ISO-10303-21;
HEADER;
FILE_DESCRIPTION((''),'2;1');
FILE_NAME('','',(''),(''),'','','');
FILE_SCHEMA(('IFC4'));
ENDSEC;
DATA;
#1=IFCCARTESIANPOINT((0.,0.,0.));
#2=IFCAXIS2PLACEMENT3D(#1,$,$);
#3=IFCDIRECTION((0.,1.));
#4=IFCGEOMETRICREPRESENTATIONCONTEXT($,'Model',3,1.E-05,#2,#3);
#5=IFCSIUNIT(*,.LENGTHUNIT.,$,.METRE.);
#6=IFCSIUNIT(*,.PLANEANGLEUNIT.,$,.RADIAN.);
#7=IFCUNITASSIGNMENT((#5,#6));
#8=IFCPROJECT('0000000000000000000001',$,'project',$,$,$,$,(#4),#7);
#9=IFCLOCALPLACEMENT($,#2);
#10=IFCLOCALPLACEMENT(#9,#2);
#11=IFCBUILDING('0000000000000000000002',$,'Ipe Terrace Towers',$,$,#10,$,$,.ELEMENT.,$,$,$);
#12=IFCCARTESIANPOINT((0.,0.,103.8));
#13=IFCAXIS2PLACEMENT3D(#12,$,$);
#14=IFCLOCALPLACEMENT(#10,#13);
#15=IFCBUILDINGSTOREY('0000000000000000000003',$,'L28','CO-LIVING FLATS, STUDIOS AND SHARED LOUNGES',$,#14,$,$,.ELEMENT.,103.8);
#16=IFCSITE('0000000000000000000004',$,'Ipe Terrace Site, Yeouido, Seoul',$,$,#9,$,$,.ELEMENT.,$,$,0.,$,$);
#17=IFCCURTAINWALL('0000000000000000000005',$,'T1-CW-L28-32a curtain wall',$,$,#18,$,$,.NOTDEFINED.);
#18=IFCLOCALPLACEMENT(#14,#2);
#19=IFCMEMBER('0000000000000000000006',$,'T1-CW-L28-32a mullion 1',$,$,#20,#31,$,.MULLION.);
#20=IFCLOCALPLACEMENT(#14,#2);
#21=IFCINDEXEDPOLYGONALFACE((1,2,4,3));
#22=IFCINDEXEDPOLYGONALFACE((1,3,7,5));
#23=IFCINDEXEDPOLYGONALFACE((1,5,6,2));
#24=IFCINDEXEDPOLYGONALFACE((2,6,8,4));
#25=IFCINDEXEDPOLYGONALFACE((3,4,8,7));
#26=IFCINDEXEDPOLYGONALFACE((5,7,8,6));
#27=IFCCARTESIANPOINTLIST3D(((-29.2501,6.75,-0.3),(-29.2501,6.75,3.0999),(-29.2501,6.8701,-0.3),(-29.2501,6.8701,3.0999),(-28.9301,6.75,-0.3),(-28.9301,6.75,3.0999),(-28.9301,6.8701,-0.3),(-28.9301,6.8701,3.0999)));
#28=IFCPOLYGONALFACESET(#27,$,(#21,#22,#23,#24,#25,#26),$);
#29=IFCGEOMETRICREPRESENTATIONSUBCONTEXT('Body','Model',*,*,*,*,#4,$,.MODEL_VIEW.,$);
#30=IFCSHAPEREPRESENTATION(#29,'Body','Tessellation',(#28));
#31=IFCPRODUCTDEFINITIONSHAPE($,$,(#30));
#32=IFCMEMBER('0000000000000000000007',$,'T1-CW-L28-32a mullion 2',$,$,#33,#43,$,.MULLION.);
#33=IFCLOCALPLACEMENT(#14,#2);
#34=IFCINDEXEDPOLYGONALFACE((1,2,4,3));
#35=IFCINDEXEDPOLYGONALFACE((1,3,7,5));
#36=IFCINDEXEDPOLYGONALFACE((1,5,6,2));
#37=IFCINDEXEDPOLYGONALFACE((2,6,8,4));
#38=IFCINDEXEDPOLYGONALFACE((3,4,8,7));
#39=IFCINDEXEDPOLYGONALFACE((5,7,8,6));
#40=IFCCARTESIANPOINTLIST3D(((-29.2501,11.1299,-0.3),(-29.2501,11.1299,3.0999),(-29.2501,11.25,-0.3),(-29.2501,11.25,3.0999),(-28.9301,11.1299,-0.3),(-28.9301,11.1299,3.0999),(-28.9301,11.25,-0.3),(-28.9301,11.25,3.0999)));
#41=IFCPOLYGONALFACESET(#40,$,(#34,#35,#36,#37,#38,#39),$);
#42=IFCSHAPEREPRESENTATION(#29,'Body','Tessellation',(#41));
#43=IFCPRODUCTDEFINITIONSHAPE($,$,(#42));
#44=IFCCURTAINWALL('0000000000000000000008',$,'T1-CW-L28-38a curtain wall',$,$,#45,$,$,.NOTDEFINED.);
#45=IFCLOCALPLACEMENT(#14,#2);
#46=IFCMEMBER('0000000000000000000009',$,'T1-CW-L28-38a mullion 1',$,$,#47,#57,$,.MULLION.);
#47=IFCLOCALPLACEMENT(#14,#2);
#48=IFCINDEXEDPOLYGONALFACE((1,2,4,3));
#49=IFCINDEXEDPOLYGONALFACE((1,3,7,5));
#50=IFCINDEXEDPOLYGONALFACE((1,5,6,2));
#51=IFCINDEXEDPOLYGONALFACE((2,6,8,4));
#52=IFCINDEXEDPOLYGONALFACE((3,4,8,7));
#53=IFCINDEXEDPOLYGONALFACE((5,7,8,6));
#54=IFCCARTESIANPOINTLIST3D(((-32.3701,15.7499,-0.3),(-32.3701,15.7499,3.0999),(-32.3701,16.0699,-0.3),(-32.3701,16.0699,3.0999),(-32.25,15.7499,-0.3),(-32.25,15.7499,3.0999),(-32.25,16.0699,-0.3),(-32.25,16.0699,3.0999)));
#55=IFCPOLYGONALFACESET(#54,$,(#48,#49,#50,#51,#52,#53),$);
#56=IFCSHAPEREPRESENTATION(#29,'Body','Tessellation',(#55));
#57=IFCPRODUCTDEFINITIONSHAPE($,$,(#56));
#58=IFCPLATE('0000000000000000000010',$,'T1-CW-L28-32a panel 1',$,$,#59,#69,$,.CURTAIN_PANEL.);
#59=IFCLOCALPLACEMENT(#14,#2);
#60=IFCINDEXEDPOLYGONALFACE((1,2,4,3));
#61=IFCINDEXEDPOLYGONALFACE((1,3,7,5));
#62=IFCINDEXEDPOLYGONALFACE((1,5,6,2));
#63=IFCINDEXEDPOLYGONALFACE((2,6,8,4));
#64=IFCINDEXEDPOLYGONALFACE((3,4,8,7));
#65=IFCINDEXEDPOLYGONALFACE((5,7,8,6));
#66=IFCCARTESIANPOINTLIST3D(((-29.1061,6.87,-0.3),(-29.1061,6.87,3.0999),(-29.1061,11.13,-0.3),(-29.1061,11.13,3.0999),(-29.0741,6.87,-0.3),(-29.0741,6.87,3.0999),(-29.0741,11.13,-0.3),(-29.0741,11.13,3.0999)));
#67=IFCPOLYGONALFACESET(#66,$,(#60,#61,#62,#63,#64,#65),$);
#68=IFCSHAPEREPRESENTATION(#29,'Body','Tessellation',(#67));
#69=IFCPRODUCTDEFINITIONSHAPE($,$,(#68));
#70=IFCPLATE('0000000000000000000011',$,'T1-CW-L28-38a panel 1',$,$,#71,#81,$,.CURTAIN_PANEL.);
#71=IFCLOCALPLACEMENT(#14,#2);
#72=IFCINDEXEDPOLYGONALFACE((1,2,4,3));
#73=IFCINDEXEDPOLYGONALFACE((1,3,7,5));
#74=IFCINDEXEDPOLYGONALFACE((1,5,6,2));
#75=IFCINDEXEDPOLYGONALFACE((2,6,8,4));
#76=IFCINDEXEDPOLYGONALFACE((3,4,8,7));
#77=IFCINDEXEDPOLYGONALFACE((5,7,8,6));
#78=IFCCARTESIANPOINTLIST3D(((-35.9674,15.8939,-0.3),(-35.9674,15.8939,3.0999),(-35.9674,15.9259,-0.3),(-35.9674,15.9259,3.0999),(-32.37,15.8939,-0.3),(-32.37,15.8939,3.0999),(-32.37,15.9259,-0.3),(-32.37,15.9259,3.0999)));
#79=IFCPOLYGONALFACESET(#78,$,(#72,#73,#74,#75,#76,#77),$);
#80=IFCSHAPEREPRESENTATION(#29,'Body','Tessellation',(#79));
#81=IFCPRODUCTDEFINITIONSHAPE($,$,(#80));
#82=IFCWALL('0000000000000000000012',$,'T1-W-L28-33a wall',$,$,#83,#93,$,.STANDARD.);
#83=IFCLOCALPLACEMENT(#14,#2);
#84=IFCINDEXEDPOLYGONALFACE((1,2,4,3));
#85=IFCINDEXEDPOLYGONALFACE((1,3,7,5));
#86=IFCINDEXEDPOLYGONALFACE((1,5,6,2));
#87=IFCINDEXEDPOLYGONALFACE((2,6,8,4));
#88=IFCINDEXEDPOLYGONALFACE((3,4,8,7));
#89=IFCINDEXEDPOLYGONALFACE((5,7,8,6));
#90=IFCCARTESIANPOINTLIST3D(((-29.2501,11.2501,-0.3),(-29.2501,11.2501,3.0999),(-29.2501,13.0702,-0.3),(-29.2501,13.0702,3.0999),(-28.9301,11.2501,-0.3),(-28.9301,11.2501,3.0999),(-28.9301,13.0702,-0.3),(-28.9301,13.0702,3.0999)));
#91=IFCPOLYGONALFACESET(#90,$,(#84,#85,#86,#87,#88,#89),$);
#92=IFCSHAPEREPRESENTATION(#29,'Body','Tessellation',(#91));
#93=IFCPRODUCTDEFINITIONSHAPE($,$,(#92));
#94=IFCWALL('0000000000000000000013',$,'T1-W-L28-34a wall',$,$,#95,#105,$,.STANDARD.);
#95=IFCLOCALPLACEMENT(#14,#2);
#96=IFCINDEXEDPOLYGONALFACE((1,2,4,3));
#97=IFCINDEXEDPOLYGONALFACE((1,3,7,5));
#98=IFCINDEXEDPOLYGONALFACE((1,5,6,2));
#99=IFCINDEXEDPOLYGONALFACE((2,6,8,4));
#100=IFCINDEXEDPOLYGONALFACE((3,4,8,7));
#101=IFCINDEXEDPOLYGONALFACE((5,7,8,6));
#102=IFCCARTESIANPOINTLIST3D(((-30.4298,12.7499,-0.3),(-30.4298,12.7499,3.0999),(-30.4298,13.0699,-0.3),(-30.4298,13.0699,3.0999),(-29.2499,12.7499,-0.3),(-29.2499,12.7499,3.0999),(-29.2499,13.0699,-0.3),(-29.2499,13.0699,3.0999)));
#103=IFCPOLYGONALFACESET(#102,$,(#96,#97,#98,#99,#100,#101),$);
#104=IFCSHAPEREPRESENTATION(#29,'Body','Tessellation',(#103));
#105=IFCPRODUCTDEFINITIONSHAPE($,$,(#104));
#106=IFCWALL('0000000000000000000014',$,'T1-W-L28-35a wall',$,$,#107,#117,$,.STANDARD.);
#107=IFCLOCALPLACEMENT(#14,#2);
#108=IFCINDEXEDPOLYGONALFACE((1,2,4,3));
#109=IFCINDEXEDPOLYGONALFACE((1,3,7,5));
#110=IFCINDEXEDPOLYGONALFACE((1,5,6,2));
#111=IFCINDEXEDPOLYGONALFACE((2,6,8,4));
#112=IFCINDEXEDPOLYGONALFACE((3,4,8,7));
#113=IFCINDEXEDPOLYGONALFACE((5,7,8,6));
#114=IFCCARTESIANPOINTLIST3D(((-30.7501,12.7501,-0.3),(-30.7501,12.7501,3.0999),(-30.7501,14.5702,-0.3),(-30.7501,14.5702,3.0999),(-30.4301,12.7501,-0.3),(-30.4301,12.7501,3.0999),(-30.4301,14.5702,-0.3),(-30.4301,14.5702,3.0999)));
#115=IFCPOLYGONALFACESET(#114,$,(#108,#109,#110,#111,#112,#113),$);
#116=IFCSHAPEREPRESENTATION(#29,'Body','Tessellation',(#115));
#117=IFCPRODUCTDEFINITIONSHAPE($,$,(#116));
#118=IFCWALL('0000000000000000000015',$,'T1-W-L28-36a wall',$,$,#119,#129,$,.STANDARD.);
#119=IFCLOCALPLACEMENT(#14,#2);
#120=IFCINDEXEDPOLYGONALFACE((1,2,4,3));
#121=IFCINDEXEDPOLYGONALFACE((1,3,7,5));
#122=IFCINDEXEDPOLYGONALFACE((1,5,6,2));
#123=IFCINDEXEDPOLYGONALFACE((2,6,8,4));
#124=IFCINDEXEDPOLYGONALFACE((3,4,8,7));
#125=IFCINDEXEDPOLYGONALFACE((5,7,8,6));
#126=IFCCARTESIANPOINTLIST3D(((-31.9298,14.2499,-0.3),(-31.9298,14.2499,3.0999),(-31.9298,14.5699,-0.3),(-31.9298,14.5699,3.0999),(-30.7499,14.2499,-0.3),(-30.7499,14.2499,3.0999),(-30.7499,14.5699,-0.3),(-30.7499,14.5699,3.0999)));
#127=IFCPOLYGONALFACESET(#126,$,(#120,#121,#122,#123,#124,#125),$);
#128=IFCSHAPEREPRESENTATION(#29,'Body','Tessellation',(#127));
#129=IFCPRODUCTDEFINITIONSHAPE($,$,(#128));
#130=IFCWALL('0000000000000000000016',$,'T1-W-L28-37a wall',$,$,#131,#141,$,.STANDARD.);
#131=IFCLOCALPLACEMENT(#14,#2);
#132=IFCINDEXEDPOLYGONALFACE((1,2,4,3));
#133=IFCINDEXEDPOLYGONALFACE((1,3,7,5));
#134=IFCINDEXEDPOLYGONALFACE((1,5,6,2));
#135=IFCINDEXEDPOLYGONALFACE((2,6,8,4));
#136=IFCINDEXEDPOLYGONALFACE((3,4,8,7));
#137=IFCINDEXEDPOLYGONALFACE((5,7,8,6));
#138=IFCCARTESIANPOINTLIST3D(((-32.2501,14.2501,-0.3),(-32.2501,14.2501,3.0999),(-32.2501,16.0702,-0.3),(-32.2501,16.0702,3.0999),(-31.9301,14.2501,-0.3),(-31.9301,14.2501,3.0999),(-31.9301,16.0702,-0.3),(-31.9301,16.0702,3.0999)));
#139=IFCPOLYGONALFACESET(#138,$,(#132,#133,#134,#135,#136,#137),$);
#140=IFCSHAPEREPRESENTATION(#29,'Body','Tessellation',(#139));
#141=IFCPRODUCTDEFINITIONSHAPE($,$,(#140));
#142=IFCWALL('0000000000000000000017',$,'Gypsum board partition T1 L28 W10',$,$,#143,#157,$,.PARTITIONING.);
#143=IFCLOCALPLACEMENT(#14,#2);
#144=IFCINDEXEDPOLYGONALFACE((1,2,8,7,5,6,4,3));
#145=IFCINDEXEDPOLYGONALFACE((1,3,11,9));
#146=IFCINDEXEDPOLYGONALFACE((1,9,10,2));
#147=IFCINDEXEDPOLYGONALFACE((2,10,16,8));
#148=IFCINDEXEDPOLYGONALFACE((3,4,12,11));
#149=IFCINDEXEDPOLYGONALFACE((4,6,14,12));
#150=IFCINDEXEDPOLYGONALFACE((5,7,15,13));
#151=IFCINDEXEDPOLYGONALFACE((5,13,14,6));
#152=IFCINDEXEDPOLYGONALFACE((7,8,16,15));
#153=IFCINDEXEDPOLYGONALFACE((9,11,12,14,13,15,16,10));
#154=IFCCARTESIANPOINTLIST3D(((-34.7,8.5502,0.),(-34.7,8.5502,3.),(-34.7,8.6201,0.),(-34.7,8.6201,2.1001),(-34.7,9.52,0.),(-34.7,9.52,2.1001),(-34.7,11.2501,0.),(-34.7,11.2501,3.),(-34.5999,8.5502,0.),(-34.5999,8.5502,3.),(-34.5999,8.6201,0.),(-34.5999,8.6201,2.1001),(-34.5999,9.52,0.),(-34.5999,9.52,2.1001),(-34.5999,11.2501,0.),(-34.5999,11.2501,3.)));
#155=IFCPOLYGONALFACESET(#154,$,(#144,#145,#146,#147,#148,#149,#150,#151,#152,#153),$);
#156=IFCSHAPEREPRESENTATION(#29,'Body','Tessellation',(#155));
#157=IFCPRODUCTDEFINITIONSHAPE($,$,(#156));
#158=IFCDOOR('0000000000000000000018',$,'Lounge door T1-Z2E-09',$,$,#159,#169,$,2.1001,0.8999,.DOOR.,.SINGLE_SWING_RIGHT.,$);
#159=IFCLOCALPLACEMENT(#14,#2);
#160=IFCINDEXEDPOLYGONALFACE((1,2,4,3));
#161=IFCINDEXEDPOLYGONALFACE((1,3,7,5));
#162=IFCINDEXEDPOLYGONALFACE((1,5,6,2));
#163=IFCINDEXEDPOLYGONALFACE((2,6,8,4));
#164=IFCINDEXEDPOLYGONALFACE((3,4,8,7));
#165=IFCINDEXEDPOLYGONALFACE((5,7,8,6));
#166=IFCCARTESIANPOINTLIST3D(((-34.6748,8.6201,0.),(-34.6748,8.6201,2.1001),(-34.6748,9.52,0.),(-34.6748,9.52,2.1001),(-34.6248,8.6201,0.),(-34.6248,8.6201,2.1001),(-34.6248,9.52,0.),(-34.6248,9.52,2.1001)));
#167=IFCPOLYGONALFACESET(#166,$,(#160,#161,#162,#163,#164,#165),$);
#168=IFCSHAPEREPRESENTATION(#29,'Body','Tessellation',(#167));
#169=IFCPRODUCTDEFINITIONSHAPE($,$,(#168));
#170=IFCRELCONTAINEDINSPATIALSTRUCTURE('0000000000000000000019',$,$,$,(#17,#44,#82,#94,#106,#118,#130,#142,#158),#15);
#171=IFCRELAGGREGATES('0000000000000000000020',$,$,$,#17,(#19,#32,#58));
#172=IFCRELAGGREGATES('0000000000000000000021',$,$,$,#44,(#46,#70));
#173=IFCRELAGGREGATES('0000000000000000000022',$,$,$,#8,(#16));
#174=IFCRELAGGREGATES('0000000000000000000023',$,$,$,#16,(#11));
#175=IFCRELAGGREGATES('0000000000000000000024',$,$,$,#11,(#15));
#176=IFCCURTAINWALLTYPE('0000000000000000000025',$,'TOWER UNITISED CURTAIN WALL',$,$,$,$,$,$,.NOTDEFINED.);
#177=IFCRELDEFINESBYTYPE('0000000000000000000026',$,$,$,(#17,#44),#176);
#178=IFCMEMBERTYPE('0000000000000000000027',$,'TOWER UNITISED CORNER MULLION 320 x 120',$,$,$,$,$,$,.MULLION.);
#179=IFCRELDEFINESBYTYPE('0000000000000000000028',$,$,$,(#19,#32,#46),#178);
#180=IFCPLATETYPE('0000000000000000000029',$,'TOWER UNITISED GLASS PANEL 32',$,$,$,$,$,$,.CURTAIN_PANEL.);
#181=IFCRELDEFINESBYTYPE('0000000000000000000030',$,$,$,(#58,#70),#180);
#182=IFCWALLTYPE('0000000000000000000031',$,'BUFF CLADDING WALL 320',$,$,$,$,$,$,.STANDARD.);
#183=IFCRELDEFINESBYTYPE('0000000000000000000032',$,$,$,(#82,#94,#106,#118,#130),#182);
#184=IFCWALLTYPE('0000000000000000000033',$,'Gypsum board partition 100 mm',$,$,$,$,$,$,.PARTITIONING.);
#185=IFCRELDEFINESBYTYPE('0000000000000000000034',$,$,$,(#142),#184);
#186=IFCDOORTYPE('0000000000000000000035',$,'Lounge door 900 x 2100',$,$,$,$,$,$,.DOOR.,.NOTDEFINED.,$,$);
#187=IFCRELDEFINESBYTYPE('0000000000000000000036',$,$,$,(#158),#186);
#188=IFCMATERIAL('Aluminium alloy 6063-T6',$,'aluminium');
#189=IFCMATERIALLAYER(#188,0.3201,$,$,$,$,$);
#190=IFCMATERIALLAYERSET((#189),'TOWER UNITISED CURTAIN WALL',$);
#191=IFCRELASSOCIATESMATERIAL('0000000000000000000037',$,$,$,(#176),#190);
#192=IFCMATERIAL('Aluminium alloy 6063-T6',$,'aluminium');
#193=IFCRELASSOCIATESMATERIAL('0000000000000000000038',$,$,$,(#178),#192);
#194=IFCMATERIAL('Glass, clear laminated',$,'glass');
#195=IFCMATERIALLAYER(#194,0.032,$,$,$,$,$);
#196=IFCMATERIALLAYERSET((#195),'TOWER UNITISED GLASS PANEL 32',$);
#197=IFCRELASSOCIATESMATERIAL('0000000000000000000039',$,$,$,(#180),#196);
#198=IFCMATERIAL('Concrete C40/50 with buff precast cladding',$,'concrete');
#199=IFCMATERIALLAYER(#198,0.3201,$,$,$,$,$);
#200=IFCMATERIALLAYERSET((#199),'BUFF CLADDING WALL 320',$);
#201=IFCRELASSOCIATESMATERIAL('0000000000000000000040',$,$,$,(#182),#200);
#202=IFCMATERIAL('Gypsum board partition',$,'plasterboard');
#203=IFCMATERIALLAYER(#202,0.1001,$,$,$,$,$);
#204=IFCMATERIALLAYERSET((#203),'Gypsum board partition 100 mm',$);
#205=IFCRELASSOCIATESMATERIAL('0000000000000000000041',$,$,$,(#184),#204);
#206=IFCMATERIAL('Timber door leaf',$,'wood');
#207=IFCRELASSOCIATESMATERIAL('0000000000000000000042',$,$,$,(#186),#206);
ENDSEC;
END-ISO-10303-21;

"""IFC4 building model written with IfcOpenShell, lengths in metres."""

from ifc_helpers import new_model, si_unit, direction, frame, frame_2d, origin, origin_2d, place, context, subcontext, project, spatial, rectangle, extrude, material, layer, layer_set, material_profile, profile_set, type_object, element, fill, aggregate, save


model = new_model("IFC4")

# Units and contexts
model_context = context("Model", 3, precision=1e-05, world=origin(), true_north=direction((0.0, 1.0)))
body_context = subcontext(model_context, "Body", "Model", "MODEL_VIEW")
ifc_project = project(units=[si_unit("LENGTHUNIT", "METRE"), si_unit("PLANEANGLEUNIT", "RADIAN")], contexts=[model_context])

# Site, building, storey
site_placement = place(None, origin())
site = spatial("IfcSite", under=ifc_project, at=site_placement, Name="Ipe Terrace Site, Yeouido, Seoul", CompositionType="ELEMENT", RefElevation=0.0)
building_placement = place(site_placement, origin())
building = spatial("IfcBuilding", under=site, at=building_placement, Name="Ipe Terrace Towers", CompositionType="ELEMENT")
storey_placement = place(building_placement, frame((0.0, 0.0, 103.8)))
storey = spatial("IfcBuildingStorey", under=building, at=storey_placement, Name="L28", Description="CO-LIVING FLATS, STUDIOS AND SHARED LOUNGES", CompositionType="ELEMENT", Elevation=103.8)

# Curtain wall, members
ifc_material_1 = material(Name="Aluminium alloy 6063-T6", Category="aluminium")
ifc_layer_1 = layer(ifc_material_1, 0.3201)
ifc_layer_set_1 = layer_set([ifc_layer_1], Name="TOWER UNITISED CURTAIN WALL")
curtain_wall_type = type_object("IfcCurtainWallType", Name="TOWER UNITISED CURTAIN WALL", PredefinedType="NOTDEFINED", material=ifc_layer_set_1)
curtain_wall_1_placement = place(storey_placement, origin())
curtain_wall_1 = element("IfcCurtainWall", 1, at=curtain_wall_1_placement, inside=storey, type_object=curtain_wall_type, Name="T1-CW-L28-32a curtain wall", PredefinedType="NOTDEFINED")
ifc_material_2 = material(Name="Aluminium alloy 6063-T6", Category="aluminium")
ifc_material_profile_1 = material_profile(ifc_material_2, rectangle(XDim=0.3201, YDim=0.1201, at=origin_2d()), Name="TOWER UNITISED CORNER MULLION 320 x 120")
ifc_profile_set_1 = profile_set([ifc_material_profile_1], Name="Aluminium alloy 6063-T6")
member_type = type_object("IfcMemberType", Name="TOWER UNITISED CORNER MULLION 320 x 120", PredefinedType="MULLION", material=ifc_profile_set_1)
member_1_placement = place(storey_placement, frame((-29.0901, 6.8101, -0.3), z_axis=(0.0, 0.0, 1.0), x_axis=(1.0, 0.0, 0.0)))
member_1 = element("IfcMember", 2, at=member_1_placement, type_object=member_type, Name="T1-CW-L28-32a mullion 1", PredefinedType="MULLION", context=body_context, shape_type="SweptSolid", body=[
    extrude(rectangle(XDim=0.3201, YDim=0.1201, at=origin_2d()), origin(), (0.0, 0.0, 1.0), 3.3999),
])
member_2_placement = place(storey_placement, frame((-29.0901, 11.1899, -0.3), z_axis=(0.0, 0.0, 1.0), x_axis=(1.0, 0.0, 0.0)))
member_2 = element("IfcMember", 3, at=member_2_placement, type_object=member_type, Name="T1-CW-L28-32a mullion 2", PredefinedType="MULLION", context=body_context, shape_type="SweptSolid", body=[
    extrude(rectangle(XDim=0.3201, YDim=0.1201, at=origin_2d()), origin(), (0.0, 0.0, 1.0), 3.3999),
])

# Curtain wall, member
curtain_wall_2_placement = place(storey_placement, origin())
curtain_wall_2 = element("IfcCurtainWall", 4, at=curtain_wall_2_placement, inside=storey, type_object=curtain_wall_type, Name="T1-CW-L28-38a curtain wall", PredefinedType="NOTDEFINED")
member_3_placement = place(storey_placement, frame((-32.3101, 15.9099, -0.3), z_axis=(0.0, 0.0, 1.0), x_axis=(0.0, 1.0, 0.0)))
member_3 = element("IfcMember", 5, at=member_3_placement, type_object=member_type, Name="T1-CW-L28-38a mullion 1", PredefinedType="MULLION", context=body_context, shape_type="SweptSolid", body=[
    extrude(rectangle(XDim=0.3201, YDim=0.1201, at=origin_2d()), origin(), (0.0, 0.0, 1.0), 3.3999),
])

# Plates
ifc_material_3 = material(Name="Glass, clear laminated", Category="glass")
ifc_layer_2 = layer(ifc_material_3, 0.032)
ifc_layer_set_2 = layer_set([ifc_layer_2], Name="TOWER UNITISED GLASS PANEL 32")
plate_type = type_object("IfcPlateType", Name="TOWER UNITISED GLASS PANEL 32", PredefinedType="CURTAIN_PANEL", material=ifc_layer_set_2)
plate_1_placement = place(storey_placement, frame((-29.0901, 9.0, -0.3), z_axis=(0.0, 0.0, 1.0), x_axis=(0.0, 1.0, 0.0)))
plate_1 = element("IfcPlate", 6, at=plate_1_placement, type_object=plate_type, Name="T1-CW-L28-32a panel 1", PredefinedType="CURTAIN_PANEL", context=body_context, shape_type="SweptSolid", body=[
    extrude(rectangle(XDim=4.26, YDim=0.032, at=origin_2d()), origin(), (0.0, 0.0, 1.0), 3.3999),
])
aggregate(curtain_wall_1, [member_1, member_2, plate_1])
plate_2_placement = place(storey_placement, frame((-34.1687, 15.9099, -0.3), z_axis=(0.0, 0.0, 1.0), x_axis=(-1.0, 0.0, 0.0)))
plate_2 = element("IfcPlate", 7, at=plate_2_placement, type_object=plate_type, Name="T1-CW-L28-38a panel 1", PredefinedType="CURTAIN_PANEL", context=body_context, shape_type="SweptSolid", body=[
    extrude(rectangle(XDim=3.5974, YDim=0.032, at=origin_2d()), origin(), (0.0, 0.0, 1.0), 3.3999),
])
aggregate(curtain_wall_2, [member_3, plate_2])

# Walls
ifc_material_4 = material(Name="Concrete C40/50 with buff precast cladding", Category="concrete")
ifc_layer_3 = layer(ifc_material_4, 0.3201)
ifc_layer_set_3 = layer_set([ifc_layer_3], Name="BUFF CLADDING WALL 320")
wall_type_1 = type_object("IfcWallType", Name="BUFF CLADDING WALL 320", PredefinedType="STANDARD", material=ifc_layer_set_3)
wall_1_placement = place(storey_placement, frame((-29.0901, 11.25, -0.3), z_axis=(0.0, 0.0, 1.0), x_axis=(0.0, 1.0, 0.0)))
element("IfcWall", 8, at=wall_1_placement, inside=storey, type_object=wall_type_1, Name="T1-W-L28-33a wall", PredefinedType="STANDARD", context=body_context, shape_type="SweptSolid", body=[
    extrude(rectangle(XDim=1.8201, YDim=0.3201, at=frame_2d((0.9102, 0.0))), origin(), (0.0, 0.0, 1.0), 3.3999),
])
wall_2_placement = place(storey_placement, frame((-29.25, 12.9099, -0.3), z_axis=(0.0, 0.0, 1.0), x_axis=(-1.0, 0.0, 0.0)))
element("IfcWall", 9, at=wall_2_placement, inside=storey, type_object=wall_type_1, Name="T1-W-L28-34a wall", PredefinedType="STANDARD", context=body_context, shape_type="SweptSolid", body=[
    extrude(rectangle(XDim=1.1799, YDim=0.3201, at=frame_2d((0.5898, 0.0))), origin(), (0.0, 0.0, 1.0), 3.3999),
])
wall_3_placement = place(storey_placement, frame((-30.5901, 12.75, -0.3), z_axis=(0.0, 0.0, 1.0), x_axis=(0.0, 1.0, 0.0)))
element("IfcWall", 10, at=wall_3_placement, inside=storey, type_object=wall_type_1, Name="T1-W-L28-35a wall", PredefinedType="STANDARD", context=body_context, shape_type="SweptSolid", body=[
    extrude(rectangle(XDim=1.8201, YDim=0.3201, at=frame_2d((0.9102, 0.0))), origin(), (0.0, 0.0, 1.0), 3.3999),
])
wall_4_placement = place(storey_placement, frame((-30.75, 14.4099, -0.3), z_axis=(0.0, 0.0, 1.0), x_axis=(-1.0, 0.0, 0.0)))
element("IfcWall", 11, at=wall_4_placement, inside=storey, type_object=wall_type_1, Name="T1-W-L28-36a wall", PredefinedType="STANDARD", context=body_context, shape_type="SweptSolid", body=[
    extrude(rectangle(XDim=1.1799, YDim=0.3201, at=frame_2d((0.5898, 0.0))), origin(), (0.0, 0.0, 1.0), 3.3999),
])
wall_5_placement = place(storey_placement, frame((-32.0901, 14.25, -0.3), z_axis=(0.0, 0.0, 1.0), x_axis=(0.0, 1.0, 0.0)))
element("IfcWall", 12, at=wall_5_placement, inside=storey, type_object=wall_type_1, Name="T1-W-L28-37a wall", PredefinedType="STANDARD", context=body_context, shape_type="SweptSolid", body=[
    extrude(rectangle(XDim=1.8201, YDim=0.3201, at=frame_2d((0.9102, 0.0))), origin(), (0.0, 0.0, 1.0), 3.3999),
])

# Wall, opening, door
ifc_material_5 = material(Name="Gypsum board partition", Category="plasterboard")
ifc_layer_4 = layer(ifc_material_5, 0.1001)
ifc_layer_set_4 = layer_set([ifc_layer_4], Name="Gypsum board partition 100 mm")
wall_type_2 = type_object("IfcWallType", Name="Gypsum board partition 100 mm", PredefinedType="PARTITIONING", material=ifc_layer_set_4)
wall_6_placement = place(storey_placement, frame((-34.6499, 8.55, 0.0), z_axis=(0.0, 0.0, 1.0), x_axis=(0.0, 1.0, 0.0)))
wall_6 = element("IfcWall", 13, at=wall_6_placement, inside=storey, type_object=wall_type_2, Name="Gypsum board partition T1 L28 W10", PredefinedType="PARTITIONING", context=body_context, shape_type="SweptSolid", body=[
    extrude(rectangle(XDim=2.7, YDim=0.1001, at=frame_2d((1.3501, 0.0))), origin(), (0.0, 0.0, 1.0), 3.0),
])
opening_1_placement = place(wall_6_placement, frame((0.0701, 0.0, 0.0)))
opening_1 = element("IfcOpeningElement", 14, at=opening_1_placement, cuts=wall_6, PredefinedType="OPENING", context=body_context, shape_type="SweptSolid", body=[
    extrude(rectangle(XDim=0.8999, YDim=2.1001, at=frame_2d((0.45, 1.05))), frame((0.0, 0.0601, 0.0), z_axis=(0.0, -1.0, 0.0), x_axis=(1.0, 0.0, 0.0)), (0.0, 0.0, 1.0), 0.1201),
])
ifc_material_6 = material(Name="Timber door leaf", Category="wood")
door_type_1 = type_object("IfcDoorType", Name="Lounge door 900 x 2100", OperationType="NOTDEFINED", PredefinedType="DOOR", material=ifc_material_6)
door_1_placement = place(opening_1_placement, origin())
door_1 = element("IfcDoor", 15, at=door_1_placement, inside=storey, type_object=door_type_1, Name="Lounge door T1-Z2E-09", OperationType="SINGLE_SWING_RIGHT", OverallHeight=2.1001, OverallWidth=0.8999, PredefinedType="DOOR", context=body_context, shape_type="SweptSolid", body=[
    extrude(rectangle(XDim=0.8999, YDim=2.1001, at=frame_2d((0.45, 1.05))), frame((0.0, 0.0249, 0.0), z_axis=(0.0, -1.0, 0.0), x_axis=(1.0, 0.0, 0.0)), (0.0, 0.0, 1.0), 0.05),
])
fill(opening_1, door_1)

save(model, "model.ifc")
